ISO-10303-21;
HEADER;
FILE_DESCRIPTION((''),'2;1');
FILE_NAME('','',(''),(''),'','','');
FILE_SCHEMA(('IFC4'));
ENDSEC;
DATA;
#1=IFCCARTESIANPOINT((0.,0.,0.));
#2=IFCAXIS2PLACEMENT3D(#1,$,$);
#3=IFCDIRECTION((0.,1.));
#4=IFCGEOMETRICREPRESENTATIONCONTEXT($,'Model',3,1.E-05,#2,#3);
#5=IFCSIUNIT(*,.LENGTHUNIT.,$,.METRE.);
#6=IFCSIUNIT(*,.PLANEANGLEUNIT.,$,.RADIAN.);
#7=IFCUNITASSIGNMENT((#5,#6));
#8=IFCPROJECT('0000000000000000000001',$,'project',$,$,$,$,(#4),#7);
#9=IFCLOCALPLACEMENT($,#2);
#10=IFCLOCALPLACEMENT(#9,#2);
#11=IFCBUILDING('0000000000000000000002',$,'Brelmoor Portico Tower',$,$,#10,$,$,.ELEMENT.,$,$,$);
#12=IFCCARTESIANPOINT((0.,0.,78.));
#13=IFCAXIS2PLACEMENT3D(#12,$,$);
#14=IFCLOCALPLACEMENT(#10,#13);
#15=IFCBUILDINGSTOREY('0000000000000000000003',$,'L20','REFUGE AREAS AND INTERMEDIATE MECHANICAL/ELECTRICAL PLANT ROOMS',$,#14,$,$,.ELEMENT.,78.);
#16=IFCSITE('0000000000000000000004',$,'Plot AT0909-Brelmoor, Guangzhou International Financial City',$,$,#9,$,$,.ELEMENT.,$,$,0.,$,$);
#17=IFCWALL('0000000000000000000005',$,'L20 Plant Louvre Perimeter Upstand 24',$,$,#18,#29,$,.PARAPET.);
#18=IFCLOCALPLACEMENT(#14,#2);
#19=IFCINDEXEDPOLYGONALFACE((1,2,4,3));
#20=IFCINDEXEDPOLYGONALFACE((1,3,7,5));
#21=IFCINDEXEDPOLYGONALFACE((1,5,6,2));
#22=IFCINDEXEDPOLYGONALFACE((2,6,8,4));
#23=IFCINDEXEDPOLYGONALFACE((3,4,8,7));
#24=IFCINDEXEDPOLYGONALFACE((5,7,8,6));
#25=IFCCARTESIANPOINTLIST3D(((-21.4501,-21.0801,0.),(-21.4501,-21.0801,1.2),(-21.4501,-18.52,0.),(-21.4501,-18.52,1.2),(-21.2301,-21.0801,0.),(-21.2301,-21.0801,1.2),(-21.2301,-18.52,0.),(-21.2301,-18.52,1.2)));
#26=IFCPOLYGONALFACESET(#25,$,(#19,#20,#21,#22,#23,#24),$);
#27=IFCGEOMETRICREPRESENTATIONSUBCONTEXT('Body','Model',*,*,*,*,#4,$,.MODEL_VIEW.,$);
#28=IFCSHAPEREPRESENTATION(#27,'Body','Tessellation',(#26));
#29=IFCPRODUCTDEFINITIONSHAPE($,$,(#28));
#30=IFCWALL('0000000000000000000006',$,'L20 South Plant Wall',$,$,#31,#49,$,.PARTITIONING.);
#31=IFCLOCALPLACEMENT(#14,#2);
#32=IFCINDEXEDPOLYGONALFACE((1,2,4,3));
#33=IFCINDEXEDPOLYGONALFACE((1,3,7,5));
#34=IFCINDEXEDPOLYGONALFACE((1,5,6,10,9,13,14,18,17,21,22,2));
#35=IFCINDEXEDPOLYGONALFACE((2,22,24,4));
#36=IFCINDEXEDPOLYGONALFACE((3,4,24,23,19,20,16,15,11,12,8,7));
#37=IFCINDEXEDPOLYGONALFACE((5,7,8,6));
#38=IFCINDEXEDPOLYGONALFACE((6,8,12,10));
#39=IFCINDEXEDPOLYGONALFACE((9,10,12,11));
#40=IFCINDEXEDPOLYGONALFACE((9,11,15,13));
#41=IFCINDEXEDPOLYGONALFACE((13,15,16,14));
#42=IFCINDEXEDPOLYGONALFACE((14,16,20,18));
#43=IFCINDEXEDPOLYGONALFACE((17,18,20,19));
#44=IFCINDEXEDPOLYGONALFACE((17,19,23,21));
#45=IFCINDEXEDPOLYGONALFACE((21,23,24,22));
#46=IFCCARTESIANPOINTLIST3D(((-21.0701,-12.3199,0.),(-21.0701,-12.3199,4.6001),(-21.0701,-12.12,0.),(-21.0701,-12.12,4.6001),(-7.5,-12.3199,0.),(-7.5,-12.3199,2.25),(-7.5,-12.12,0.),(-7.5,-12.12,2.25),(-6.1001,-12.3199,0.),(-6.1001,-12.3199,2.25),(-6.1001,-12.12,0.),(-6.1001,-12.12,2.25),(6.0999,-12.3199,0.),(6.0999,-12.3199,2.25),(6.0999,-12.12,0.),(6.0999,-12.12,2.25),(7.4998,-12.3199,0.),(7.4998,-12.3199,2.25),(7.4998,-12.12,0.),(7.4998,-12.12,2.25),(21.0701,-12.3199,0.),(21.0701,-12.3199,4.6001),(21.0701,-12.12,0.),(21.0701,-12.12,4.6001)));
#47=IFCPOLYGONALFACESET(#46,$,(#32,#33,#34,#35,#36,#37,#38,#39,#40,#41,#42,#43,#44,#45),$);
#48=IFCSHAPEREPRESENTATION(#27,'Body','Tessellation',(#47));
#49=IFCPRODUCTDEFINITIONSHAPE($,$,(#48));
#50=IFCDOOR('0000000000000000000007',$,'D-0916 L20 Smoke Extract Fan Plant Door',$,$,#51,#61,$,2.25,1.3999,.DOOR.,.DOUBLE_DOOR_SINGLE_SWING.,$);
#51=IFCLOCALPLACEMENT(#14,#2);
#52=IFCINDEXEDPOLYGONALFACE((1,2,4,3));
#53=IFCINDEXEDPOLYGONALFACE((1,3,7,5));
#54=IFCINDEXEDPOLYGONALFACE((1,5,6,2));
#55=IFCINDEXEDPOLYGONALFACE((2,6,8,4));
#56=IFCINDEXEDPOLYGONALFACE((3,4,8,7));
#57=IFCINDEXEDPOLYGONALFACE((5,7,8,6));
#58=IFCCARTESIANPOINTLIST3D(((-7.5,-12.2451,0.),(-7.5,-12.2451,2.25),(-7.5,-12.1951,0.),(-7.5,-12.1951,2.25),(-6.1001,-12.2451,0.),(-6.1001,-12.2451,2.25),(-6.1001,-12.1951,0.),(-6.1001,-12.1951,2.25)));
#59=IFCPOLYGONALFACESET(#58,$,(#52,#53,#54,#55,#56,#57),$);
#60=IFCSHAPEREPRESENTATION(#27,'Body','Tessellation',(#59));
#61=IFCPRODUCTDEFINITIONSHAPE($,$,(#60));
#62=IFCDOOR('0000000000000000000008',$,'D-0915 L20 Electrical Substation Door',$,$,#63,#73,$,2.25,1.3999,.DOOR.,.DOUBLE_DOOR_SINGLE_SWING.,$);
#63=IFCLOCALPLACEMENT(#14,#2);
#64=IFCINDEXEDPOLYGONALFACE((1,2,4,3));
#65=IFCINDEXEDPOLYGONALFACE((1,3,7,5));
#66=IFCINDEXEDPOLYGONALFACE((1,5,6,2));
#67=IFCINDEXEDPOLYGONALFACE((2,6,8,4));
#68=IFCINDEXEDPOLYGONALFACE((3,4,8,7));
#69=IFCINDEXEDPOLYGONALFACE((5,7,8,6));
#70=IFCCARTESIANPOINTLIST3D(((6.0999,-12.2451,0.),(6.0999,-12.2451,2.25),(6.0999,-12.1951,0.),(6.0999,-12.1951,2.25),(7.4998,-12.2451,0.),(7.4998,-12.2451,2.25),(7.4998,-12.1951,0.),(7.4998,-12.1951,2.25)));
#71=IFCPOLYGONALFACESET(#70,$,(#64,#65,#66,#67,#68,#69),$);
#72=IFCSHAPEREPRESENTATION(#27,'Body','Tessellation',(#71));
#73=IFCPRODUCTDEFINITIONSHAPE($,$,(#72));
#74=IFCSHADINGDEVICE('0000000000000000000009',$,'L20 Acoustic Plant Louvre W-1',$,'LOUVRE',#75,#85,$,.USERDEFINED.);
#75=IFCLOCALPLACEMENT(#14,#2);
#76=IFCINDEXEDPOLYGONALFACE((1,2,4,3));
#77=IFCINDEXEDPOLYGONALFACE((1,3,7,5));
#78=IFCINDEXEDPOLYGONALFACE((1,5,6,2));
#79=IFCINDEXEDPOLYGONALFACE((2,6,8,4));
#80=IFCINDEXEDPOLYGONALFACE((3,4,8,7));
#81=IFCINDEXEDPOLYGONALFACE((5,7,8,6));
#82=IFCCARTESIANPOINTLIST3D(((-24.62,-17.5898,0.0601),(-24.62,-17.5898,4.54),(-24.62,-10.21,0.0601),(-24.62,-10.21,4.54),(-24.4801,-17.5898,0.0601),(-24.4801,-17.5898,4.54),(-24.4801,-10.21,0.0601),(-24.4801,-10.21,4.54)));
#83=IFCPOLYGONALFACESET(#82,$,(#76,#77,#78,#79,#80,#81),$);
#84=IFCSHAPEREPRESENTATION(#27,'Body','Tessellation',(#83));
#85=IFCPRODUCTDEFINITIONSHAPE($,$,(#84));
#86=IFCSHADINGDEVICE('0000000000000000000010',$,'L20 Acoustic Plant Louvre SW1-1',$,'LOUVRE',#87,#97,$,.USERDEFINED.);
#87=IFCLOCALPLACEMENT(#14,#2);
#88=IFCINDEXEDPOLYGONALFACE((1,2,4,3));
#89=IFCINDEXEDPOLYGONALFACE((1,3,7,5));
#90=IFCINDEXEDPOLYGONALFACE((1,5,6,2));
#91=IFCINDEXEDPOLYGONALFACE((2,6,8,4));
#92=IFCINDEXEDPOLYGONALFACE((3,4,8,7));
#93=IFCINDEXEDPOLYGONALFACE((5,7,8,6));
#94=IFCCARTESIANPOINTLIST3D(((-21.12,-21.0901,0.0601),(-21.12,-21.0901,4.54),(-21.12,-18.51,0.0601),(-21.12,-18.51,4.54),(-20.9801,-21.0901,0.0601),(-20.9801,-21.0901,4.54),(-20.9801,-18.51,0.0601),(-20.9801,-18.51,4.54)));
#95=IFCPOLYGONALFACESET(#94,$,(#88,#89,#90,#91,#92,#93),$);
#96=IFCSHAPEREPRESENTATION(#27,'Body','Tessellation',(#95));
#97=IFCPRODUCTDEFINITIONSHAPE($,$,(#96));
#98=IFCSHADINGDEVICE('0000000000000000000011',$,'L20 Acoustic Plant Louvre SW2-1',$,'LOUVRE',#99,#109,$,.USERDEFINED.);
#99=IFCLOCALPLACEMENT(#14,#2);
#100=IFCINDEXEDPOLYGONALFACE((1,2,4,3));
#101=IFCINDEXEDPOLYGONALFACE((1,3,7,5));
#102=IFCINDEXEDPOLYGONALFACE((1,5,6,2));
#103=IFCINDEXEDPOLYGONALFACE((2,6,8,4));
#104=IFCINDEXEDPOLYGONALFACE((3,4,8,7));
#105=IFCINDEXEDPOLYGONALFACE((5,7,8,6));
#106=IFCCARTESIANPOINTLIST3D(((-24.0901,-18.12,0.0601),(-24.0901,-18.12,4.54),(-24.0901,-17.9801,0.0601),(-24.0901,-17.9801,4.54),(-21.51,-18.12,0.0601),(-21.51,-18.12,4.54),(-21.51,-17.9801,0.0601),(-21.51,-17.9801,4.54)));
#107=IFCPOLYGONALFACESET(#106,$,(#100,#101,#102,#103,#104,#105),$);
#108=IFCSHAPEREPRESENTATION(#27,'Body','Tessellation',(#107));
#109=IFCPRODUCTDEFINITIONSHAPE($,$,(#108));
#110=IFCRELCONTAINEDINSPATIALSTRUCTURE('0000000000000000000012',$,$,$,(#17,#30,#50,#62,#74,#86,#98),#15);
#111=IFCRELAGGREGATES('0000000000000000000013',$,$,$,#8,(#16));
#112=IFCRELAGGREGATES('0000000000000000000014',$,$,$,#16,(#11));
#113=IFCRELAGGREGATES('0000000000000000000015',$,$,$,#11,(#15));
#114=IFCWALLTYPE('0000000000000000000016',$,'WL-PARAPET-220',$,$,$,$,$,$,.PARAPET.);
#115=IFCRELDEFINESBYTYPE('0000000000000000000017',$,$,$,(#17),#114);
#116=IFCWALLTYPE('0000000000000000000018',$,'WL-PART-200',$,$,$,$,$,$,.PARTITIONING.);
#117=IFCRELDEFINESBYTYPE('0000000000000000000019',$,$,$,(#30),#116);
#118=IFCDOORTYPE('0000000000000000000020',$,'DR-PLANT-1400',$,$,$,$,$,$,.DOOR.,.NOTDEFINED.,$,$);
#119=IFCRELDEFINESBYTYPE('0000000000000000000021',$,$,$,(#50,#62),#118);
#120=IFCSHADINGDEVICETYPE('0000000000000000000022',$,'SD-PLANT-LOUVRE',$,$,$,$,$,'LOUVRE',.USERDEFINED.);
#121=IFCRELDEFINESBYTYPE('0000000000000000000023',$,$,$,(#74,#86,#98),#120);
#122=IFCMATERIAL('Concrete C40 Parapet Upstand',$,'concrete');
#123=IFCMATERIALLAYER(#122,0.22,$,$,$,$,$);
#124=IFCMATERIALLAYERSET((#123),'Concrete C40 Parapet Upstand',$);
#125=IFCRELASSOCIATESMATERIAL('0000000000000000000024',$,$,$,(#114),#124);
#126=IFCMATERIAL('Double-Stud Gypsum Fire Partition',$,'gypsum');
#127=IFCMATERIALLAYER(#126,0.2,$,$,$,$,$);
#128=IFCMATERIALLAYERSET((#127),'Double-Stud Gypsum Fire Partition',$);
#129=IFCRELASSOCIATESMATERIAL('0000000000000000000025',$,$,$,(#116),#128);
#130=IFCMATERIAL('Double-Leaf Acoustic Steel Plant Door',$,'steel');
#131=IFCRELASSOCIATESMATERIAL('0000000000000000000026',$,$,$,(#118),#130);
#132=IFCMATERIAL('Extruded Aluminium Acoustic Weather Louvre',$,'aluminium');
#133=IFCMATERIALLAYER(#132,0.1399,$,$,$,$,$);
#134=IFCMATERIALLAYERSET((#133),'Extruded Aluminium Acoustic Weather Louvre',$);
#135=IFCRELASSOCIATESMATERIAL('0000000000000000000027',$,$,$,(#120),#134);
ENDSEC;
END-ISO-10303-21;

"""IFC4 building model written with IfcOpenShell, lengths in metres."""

from ifc_helpers import new_model, si_unit, direction, frame, frame_2d, origin, origin_2d, place, context, subcontext, project, spatial, rectangle, extrude, material, layer, layer_set, type_object, element, fill, save


model = new_model("IFC4")

# Units and contexts
model_context = context("Model", 3, precision=1e-05, world=origin(), true_north=direction((0.0, 1.0)))
body_context = subcontext(model_context, "Body", "Model", "MODEL_VIEW")
ifc_project = project(units=[si_unit("LENGTHUNIT", "METRE"), si_unit("PLANEANGLEUNIT", "RADIAN")], contexts=[model_context])

# Site, building, storey
site_placement = place(None, origin())
site = spatial("IfcSite", under=ifc_project, at=site_placement, Name="Plot AT0909-Brelmoor, Guangzhou International Financial City", CompositionType="ELEMENT", RefElevation=0.0)
building_placement = place(site_placement, origin())
building = spatial("IfcBuilding", under=site, at=building_placement, Name="Brelmoor Portico Tower", CompositionType="ELEMENT")
storey_placement = place(building_placement, frame((0.0, 0.0, 78.0)))
storey = spatial("IfcBuildingStorey", under=building, at=storey_placement, Name="L20", Description="REFUGE AREAS AND INTERMEDIATE MECHANICAL/ELECTRICAL PLANT ROOMS", CompositionType="ELEMENT", Elevation=78.0)

# Wall
ifc_material_1 = material(Name="Concrete C40 Parapet Upstand", Category="concrete")
ifc_layer_1 = layer(ifc_material_1, 0.22)
ifc_layer_set_1 = layer_set([ifc_layer_1], Name="Concrete C40 Parapet Upstand")
wall_type_1 = type_object("IfcWallType", Name="WL-PARAPET-220", PredefinedType="PARAPET", material=ifc_layer_set_1)
for number, where, z_axis, x_axis, name in (
    (1, (-21.3401, -18.52, 0.0), (0.0, 0.0, 1.0), (0.0, -1.0, 0.0), "L20 Plant Louvre Perimeter Upstand 24"),
):
    element("IfcWall", number, at=place(storey_placement, frame(where, z_axis=z_axis, x_axis=x_axis)), inside=storey, type_object=wall_type_1, Name=name, PredefinedType="PARAPET", context=body_context, shape_type="SweptSolid", body=[
        extrude(rectangle(XDim=2.5601, YDim=0.22, at=frame_2d((1.28, 0.0))), origin(), (0.0, 0.0, 1.0), 1.2),
    ])

# Wall, openings, doors
ifc_material_2 = material(Name="Double-Stud Gypsum Fire Partition", Category="gypsum")
ifc_layer_2 = layer(ifc_material_2, 0.2)
ifc_layer_set_2 = layer_set([ifc_layer_2], Name="Double-Stud Gypsum Fire Partition")
wall_type_2 = type_object("IfcWallType", Name="WL-PART-200", PredefinedType="PARTITIONING", material=ifc_layer_set_2)
wall_1_placement = place(storey_placement, frame((-21.0701, -12.22, 0.0), z_axis=(0.0, 0.0, 1.0), x_axis=(1.0, 0.0, 0.0)))
wall_1 = element("IfcWall", 2, at=wall_1_placement, inside=storey, type_object=wall_type_2, Name="L20 South Plant Wall", PredefinedType="PARTITIONING", context=body_context, shape_type="SweptSolid", body=[
    extrude(rectangle(XDim=42.1401, YDim=0.2, at=frame_2d((21.0701, 0.0))), origin(), (0.0, 0.0, 1.0), 4.6001),
])
opening_1_placement = place(wall_1_placement, frame((13.5701, 0.0, 0.0)))
opening_1 = element("IfcOpeningElement", 3, at=opening_1_placement, cuts=wall_1, PredefinedType="OPENING", context=body_context, shape_type="SweptSolid", body=[
    extrude(rectangle(XDim=1.3999, YDim=2.25, at=frame_2d((0.7, 1.125))), frame((0.0, 0.1099, 0.0), z_axis=(0.0, -1.0, 0.0), x_axis=(1.0, 0.0, 0.0)), (0.0, 0.0, 1.0), 0.22),
])
opening_2_placement = place(wall_1_placement, frame((27.1699, 0.0, 0.0)))
opening_2 = element("IfcOpeningElement", 4, at=opening_2_placement, cuts=wall_1, PredefinedType="OPENING", context=body_context, shape_type="SweptSolid", body=[
    extrude(rectangle(XDim=1.3999, YDim=2.25, at=frame_2d((0.7, 1.125))), frame((0.0, 0.1099, 0.0), z_axis=(0.0, -1.0, 0.0), x_axis=(1.0, 0.0, 0.0)), (0.0, 0.0, 1.0), 0.22),
])
ifc_material_3 = material(Name="Double-Leaf Acoustic Steel Plant Door", Category="steel")
door_type = type_object("IfcDoorType", Name="DR-PLANT-1400", OperationType="NOTDEFINED", PredefinedType="DOOR", material=ifc_material_3)
door_1_placement = place(opening_1_placement, origin())
door_1 = element("IfcDoor", 5, at=door_1_placement, inside=storey, type_object=door_type, Name="D-0916 L20 Smoke Extract Fan Plant Door", OperationType="DOUBLE_DOOR_SINGLE_SWING", OverallHeight=2.25, OverallWidth=1.3999, PredefinedType="DOOR", context=body_context, shape_type="SweptSolid", body=[
    extrude(rectangle(XDim=1.3999, YDim=2.25, at=frame_2d((0.7, 1.125))), frame((0.0, 0.0249, 0.0), z_axis=(0.0, -1.0, 0.0), x_axis=(1.0, 0.0, 0.0)), (0.0, 0.0, 1.0), 0.05),
])
fill(opening_1, door_1)
door_2_placement = place(opening_2_placement, origin())
door_2 = element("IfcDoor", 6, at=door_2_placement, inside=storey, type_object=door_type, Name="D-0915 L20 Electrical Substation Door", OperationType="DOUBLE_DOOR_SINGLE_SWING", OverallHeight=2.25, OverallWidth=1.3999, PredefinedType="DOOR", context=body_context, shape_type="SweptSolid", body=[
    extrude(rectangle(XDim=1.3999, YDim=2.25, at=frame_2d((0.7, 1.125))), frame((0.0, 0.0249, 0.0), z_axis=(0.0, -1.0, 0.0), x_axis=(1.0, 0.0, 0.0)), (0.0, 0.0, 1.0), 0.05),
])
fill(opening_2, door_2)

# Shading devices
ifc_material_4 = material(Name="Extruded Aluminium Acoustic Weather Louvre", Category="aluminium")
ifc_layer_3 = layer(ifc_material_4, 0.1399)
ifc_layer_set_3 = layer_set([ifc_layer_3], Name="Extruded Aluminium Acoustic Weather Louvre")
shading_device_type = type_object("IfcShadingDeviceType", Name="SD-PLANT-LOUVRE", ElementType="LOUVRE", PredefinedType="USERDEFINED", material=ifc_layer_set_3)
shading_device_placement = place(storey_placement, frame((-24.55, -13.8999, 0.0601), z_axis=(0.0, 0.0, 1.0), x_axis=(0.0, 1.0, 0.0)))
element("IfcShadingDevice", 7, at=shading_device_placement, inside=storey, type_object=shading_device_type, Name="L20 Acoustic Plant Louvre W-1", ObjectType="LOUVRE", PredefinedType="USERDEFINED", context=body_context, shape_type="SweptSolid", body=[
    extrude(rectangle(XDim=7.3799, YDim=0.1399, at=origin_2d()), origin(), (0.0, 0.0, 1.0), 4.48),
])
for number, where, z_axis, x_axis, name in (
    (8, (-21.05, -19.8, 0.0601), (0.0, 0.0, 1.0), (0.0, 1.0, 0.0), "L20 Acoustic Plant Louvre SW1-1"),
    (9, (-22.8, -18.05, 0.0601), (0.0, 0.0, 1.0), (1.0, 0.0, 0.0), "L20 Acoustic Plant Louvre SW2-1"),
):
    element("IfcShadingDevice", number, at=place(storey_placement, frame(where, z_axis=z_axis, x_axis=x_axis)), inside=storey, type_object=shading_device_type, Name=name, ObjectType="LOUVRE", PredefinedType="USERDEFINED", context=body_context, shape_type="SweptSolid", body=[
        extrude(rectangle(XDim=2.5801, YDim=0.1399, at=origin_2d()), origin(), (0.0, 0.0, 1.0), 4.48),
    ])

save(model, "model.ifc")
